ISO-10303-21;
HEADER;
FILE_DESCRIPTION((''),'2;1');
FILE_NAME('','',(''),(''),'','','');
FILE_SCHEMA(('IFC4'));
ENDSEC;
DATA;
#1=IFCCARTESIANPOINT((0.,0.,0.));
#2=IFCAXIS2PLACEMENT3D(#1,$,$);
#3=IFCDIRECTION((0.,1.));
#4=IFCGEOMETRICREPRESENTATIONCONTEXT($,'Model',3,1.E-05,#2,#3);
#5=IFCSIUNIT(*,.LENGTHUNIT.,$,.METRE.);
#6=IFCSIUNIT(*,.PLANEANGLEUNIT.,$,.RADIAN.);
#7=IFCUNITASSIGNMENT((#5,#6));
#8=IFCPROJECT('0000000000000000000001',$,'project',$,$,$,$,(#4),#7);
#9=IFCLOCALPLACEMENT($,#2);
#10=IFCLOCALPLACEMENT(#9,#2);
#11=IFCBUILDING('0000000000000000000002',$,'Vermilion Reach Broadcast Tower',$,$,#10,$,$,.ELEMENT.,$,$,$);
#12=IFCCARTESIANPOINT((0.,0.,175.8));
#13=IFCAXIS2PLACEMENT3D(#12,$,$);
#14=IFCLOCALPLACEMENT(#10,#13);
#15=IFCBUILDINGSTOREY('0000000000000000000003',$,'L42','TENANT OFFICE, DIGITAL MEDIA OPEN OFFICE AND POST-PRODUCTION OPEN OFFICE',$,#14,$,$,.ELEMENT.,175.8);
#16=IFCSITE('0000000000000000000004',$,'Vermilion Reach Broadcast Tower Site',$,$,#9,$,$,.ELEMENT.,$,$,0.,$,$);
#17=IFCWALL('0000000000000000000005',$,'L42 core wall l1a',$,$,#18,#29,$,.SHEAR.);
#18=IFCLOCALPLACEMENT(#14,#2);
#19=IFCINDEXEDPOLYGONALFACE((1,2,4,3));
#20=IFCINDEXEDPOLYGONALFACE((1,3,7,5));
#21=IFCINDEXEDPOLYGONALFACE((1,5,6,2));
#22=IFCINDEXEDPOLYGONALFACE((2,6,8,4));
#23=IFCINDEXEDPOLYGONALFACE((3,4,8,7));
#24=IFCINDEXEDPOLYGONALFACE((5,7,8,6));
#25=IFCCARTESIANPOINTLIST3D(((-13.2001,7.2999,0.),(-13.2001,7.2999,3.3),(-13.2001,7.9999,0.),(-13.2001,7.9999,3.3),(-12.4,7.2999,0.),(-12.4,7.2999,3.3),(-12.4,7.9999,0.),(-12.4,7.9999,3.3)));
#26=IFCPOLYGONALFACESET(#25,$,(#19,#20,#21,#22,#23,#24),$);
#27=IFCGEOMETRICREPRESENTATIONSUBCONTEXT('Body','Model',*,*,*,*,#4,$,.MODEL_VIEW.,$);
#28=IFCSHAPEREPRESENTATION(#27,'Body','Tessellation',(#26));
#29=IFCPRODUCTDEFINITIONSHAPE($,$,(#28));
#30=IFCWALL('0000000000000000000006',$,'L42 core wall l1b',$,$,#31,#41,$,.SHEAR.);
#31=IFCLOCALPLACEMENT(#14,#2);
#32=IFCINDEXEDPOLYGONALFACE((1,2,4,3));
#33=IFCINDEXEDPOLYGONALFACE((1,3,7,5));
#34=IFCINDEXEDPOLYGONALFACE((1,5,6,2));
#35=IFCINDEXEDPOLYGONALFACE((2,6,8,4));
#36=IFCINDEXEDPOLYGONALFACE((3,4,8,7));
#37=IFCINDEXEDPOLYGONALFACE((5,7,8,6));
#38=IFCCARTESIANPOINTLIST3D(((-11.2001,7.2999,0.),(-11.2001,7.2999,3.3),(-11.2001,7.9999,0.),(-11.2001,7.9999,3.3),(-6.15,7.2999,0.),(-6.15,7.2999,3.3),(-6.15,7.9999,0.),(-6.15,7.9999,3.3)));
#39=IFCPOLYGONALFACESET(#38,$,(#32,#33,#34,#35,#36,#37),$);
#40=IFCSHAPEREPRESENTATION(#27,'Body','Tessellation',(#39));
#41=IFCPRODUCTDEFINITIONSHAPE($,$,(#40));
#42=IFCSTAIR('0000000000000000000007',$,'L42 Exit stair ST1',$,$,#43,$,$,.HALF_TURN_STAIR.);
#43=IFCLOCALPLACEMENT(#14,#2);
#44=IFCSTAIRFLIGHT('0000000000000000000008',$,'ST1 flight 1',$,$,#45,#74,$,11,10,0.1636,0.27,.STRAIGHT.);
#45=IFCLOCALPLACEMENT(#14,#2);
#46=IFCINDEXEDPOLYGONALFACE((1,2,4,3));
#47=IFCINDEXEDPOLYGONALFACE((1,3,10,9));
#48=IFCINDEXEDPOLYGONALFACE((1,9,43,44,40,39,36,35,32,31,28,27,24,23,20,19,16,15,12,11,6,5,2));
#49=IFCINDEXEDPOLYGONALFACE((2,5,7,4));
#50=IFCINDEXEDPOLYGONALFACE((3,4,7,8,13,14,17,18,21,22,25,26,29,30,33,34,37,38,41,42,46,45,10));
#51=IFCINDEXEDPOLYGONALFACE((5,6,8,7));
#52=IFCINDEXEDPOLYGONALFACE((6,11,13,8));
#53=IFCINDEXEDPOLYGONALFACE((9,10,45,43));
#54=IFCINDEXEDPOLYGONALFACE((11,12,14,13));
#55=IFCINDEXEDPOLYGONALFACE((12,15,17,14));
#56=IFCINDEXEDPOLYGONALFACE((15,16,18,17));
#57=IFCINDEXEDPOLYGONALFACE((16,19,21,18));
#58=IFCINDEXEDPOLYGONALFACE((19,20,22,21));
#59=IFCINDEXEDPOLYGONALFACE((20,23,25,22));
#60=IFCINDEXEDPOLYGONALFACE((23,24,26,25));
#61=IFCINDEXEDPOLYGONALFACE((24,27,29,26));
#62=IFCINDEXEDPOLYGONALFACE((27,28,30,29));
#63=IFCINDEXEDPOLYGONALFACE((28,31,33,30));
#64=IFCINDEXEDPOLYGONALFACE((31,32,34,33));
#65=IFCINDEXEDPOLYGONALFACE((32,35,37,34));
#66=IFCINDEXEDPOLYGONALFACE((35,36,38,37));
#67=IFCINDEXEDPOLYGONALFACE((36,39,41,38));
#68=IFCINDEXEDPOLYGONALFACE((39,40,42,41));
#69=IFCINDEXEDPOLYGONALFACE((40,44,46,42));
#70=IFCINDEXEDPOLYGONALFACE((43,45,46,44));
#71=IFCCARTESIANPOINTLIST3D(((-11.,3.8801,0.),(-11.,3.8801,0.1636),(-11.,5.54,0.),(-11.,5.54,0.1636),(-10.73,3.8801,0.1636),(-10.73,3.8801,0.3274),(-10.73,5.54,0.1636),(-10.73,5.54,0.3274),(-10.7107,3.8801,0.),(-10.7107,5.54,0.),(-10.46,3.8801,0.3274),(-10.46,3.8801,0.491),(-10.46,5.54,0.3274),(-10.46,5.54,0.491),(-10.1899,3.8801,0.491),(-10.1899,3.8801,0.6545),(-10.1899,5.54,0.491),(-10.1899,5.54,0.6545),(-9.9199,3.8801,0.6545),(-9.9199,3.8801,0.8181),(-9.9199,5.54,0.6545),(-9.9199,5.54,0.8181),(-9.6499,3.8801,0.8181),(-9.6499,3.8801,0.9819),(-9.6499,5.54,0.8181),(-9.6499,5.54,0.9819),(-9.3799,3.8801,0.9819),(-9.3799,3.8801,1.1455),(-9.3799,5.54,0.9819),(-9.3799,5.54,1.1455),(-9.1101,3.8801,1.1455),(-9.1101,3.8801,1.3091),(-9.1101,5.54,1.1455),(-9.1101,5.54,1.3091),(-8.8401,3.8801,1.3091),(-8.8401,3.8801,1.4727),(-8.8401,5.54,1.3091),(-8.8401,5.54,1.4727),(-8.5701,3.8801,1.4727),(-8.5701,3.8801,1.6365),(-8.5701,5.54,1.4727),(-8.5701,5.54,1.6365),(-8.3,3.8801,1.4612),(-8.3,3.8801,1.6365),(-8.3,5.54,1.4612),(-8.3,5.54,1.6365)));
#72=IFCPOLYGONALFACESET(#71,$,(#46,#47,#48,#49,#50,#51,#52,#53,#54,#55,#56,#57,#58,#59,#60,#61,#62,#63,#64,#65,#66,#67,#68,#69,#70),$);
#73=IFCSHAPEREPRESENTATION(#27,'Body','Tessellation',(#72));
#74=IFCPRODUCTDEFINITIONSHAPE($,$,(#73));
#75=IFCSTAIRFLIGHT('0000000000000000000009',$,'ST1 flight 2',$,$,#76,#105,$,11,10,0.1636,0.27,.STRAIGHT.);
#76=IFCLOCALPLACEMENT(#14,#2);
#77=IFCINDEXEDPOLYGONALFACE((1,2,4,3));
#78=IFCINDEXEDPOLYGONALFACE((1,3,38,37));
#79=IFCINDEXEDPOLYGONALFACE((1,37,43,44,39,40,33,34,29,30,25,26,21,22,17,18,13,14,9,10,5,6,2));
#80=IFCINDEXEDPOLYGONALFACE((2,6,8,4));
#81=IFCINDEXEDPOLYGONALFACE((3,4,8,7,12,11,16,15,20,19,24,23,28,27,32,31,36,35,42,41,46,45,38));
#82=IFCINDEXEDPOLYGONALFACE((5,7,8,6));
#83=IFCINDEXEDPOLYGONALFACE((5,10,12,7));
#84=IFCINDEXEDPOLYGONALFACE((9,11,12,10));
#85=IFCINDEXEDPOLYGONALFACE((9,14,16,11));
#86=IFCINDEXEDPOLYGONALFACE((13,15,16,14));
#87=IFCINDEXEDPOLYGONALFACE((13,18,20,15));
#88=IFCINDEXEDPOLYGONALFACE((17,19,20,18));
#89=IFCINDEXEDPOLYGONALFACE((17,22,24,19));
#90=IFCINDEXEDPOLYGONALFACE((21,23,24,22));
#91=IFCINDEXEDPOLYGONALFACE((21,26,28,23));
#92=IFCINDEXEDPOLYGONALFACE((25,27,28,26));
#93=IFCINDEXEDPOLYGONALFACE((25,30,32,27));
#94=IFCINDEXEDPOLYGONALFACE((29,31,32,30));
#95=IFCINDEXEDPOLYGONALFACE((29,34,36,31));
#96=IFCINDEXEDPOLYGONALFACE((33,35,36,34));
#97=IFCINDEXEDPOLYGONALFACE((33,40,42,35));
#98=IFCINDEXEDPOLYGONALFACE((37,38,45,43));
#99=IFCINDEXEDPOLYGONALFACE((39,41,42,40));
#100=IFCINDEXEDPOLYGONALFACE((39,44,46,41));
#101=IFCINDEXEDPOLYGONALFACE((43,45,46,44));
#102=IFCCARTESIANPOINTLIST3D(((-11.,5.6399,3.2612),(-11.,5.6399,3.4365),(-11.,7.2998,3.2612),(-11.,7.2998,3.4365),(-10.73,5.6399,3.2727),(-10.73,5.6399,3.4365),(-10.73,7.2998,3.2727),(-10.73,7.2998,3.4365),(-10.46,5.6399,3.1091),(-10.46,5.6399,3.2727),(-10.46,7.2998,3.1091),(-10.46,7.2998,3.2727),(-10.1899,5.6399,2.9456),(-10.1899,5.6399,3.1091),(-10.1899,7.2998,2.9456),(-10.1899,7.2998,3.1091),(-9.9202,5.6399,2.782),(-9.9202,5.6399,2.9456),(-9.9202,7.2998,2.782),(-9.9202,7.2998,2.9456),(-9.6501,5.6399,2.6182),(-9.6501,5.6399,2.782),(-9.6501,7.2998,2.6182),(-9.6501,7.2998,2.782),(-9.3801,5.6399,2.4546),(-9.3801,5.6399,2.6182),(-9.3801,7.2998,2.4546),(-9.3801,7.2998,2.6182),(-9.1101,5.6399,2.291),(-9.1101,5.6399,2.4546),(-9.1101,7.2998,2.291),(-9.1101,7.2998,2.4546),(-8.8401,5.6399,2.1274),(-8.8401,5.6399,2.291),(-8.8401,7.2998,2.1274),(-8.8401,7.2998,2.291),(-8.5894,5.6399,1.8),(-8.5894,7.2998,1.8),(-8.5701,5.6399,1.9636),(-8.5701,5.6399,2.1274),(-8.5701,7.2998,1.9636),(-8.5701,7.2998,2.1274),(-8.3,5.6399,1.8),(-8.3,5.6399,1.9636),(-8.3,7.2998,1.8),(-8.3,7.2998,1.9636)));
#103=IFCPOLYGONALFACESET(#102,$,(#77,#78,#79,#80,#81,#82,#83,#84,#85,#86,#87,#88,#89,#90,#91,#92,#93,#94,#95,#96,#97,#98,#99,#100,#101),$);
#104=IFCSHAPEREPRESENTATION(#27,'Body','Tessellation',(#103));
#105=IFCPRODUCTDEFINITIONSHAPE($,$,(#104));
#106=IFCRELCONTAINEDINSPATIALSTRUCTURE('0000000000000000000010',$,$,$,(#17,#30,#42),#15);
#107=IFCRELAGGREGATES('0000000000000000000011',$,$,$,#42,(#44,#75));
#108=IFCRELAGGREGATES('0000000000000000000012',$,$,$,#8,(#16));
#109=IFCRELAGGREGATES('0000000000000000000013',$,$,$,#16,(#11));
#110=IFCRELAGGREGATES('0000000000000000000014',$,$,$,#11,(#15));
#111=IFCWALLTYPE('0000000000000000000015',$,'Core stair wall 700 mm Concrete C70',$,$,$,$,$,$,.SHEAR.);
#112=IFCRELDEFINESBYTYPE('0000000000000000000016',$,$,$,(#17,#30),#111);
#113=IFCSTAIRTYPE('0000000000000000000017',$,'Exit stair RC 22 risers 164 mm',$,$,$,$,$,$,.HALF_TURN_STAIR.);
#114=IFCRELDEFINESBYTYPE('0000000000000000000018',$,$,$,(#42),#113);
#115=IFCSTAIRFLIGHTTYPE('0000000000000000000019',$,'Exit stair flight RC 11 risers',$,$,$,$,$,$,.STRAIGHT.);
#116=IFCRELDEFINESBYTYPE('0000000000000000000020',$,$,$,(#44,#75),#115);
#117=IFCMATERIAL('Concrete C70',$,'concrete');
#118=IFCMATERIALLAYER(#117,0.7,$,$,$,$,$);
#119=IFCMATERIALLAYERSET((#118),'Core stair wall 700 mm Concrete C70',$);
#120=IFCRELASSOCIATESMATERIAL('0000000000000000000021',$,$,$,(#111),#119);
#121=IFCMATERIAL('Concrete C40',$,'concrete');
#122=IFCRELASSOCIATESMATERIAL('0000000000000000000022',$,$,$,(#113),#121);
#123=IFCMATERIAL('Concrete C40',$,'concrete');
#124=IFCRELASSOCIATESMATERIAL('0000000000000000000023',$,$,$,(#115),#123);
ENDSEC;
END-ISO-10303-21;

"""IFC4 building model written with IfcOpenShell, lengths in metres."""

from ifc_helpers import new_model, si_unit, direction, frame, frame_2d, origin, place, context, subcontext, project, spatial, polyline, rectangle, outline, extrude, material, layer, layer_set, type_object, element, aggregate, save


model = new_model("IFC4")

# Units and contexts
model_context = context("Model", 3, precision=1e-05, world=origin(), true_north=direction((0.0, 1.0)))
body_context = subcontext(model_context, "Body", "Model", "MODEL_VIEW")
ifc_project = project(units=[si_unit("LENGTHUNIT", "METRE"), si_unit("PLANEANGLEUNIT", "RADIAN")], contexts=[model_context])

# Site, building, storey
site_placement = place(None, origin())
site = spatial("IfcSite", under=ifc_project, at=site_placement, Name="Vermilion Reach Broadcast Tower Site", CompositionType="ELEMENT", RefElevation=0.0)
building_placement = place(site_placement, origin())
building = spatial("IfcBuilding", under=site, at=building_placement, Name="Vermilion Reach Broadcast Tower", CompositionType="ELEMENT")
storey_placement = place(building_placement, frame((0.0, 0.0, 175.8)))
storey = spatial("IfcBuildingStorey", under=building, at=storey_placement, Name="L42", Description="TENANT OFFICE, DIGITAL MEDIA OPEN OFFICE AND POST-PRODUCTION OPEN OFFICE", CompositionType="ELEMENT", Elevation=175.8)

# Walls
ifc_material_1 = material(Name="Concrete C70", Category="concrete")
ifc_layer_1 = layer(ifc_material_1, 0.7)
ifc_layer_set_1 = layer_set([ifc_layer_1], Name="Core stair wall 700 mm Concrete C70")
wall_type_1 = type_object("IfcWallType", Name="Core stair wall 700 mm Concrete C70", PredefinedType="SHEAR", material=ifc_layer_set_1)
wall_1_placement = place(storey_placement, frame((-13.2, 7.6499, 0.0), z_axis=(0.0, 0.0, 1.0), x_axis=(1.0, 0.0, 0.0)))
element("IfcWall", 1, at=wall_1_placement, inside=storey, type_object=wall_type_1, Name="L42 core wall l1a", PredefinedType="SHEAR", context=body_context, shape_type="SweptSolid", body=[
    extrude(rectangle(XDim=0.8, YDim=0.7, at=frame_2d((0.3999, 0.0))), origin(), (0.0, 0.0, 1.0), 3.3),
])
wall_2_placement = place(storey_placement, frame((-11.2, 7.6499, 0.0), z_axis=(0.0, 0.0, 1.0), x_axis=(1.0, 0.0, 0.0)))
element("IfcWall", 2, at=wall_2_placement, inside=storey, type_object=wall_type_1, Name="L42 core wall l1b", PredefinedType="SHEAR", context=body_context, shape_type="SweptSolid", body=[
    extrude(rectangle(XDim=5.05, YDim=0.7, at=frame_2d((2.5249, 0.0))), origin(), (0.0, 0.0, 1.0), 3.3),
])

# Stair, stair flights
ifc_material_2 = material(Name="Concrete C40", Category="concrete")
stair_type = type_object("IfcStairType", Name="Exit stair RC 22 risers 164 mm", PredefinedType="HALF_TURN_STAIR", material=ifc_material_2)
stair_placement = place(storey_placement, origin())
stair = element("IfcStair", 3, at=stair_placement, inside=storey, type_object=stair_type, Name="L42 Exit stair ST1", PredefinedType="HALF_TURN_STAIR")
ifc_material_3 = material(Name="Concrete C40", Category="concrete")
stair_flight_type = type_object("IfcStairFlightType", Name="Exit stair flight RC 11 risers", PredefinedType="STRAIGHT", material=ifc_material_3)
stair_flight_1_placement = place(storey_placement, frame((-11.0, 4.71, 0.0), z_axis=(0.0, 0.0, 1.0), x_axis=(1.0, 0.0, 0.0)))
stair_flight_1 = element("IfcStairFlight", 4, at=stair_flight_1_placement, type_object=stair_flight_type, Name="ST1 flight 1", NumberOfRisers=11, NumberOfTreads=10, PredefinedType="STRAIGHT", RiserHeight=0.1636, TreadLength=0.27, context=body_context, shape_type="SweptSolid", body=[
    extrude(outline(polyline([(0.0, 0.0), (0.0, 0.1636), (0.27, 0.1636), (0.27, 0.3274), (0.54, 0.3274), (0.54, 0.491), (0.8101, 0.491), (0.8101, 0.6545), (1.0801, 0.6545), (1.0801, 0.8181), (1.3501, 0.8181), (1.3501, 0.9819), (1.6201, 0.9819), (1.6201, 1.1455), (1.8899, 1.1455), (1.8899, 1.3091), (2.1599, 1.3091), (2.1599, 1.4727), (2.4299, 1.4727), (2.4299, 1.6365), (2.7, 1.6365), (2.7, 1.8), (2.7, 1.4612), (0.2893, 0.0), (0.0, 0.0)])), frame((0.0, 0.8301, 0.0), z_axis=(0.0, -1.0, 0.0), x_axis=(1.0, 0.0, 0.0)), (0.0, 0.0, 1.0), 1.6599),
])
stair_flight_2_placement = place(storey_placement, frame((-8.3, 6.47, 1.8), z_axis=(0.0, 0.0, 1.0), x_axis=(-1.0, 0.0, 0.0)))
stair_flight_2 = element("IfcStairFlight", 5, at=stair_flight_2_placement, type_object=stair_flight_type, Name="ST1 flight 2", NumberOfRisers=11, NumberOfTreads=10, PredefinedType="STRAIGHT", RiserHeight=0.1636, TreadLength=0.27, context=body_context, shape_type="SweptSolid", body=[
    extrude(outline(polyline([(0.0, 0.0), (0.0, 0.1636), (0.27, 0.1636), (0.27, 0.3274), (0.54, 0.3274), (0.54, 0.491), (0.8101, 0.491), (0.8101, 0.6545), (1.0801, 0.6545), (1.0801, 0.8181), (1.3501, 0.8181), (1.3501, 0.9819), (1.6201, 0.9819), (1.6201, 1.1455), (1.8899, 1.1455), (1.8899, 1.3091), (2.1599, 1.3091), (2.1599, 1.4727), (2.4299, 1.4727), (2.4299, 1.6365), (2.7, 1.6365), (2.7, 1.8), (2.7, 1.4612), (0.2893, 0.0), (0.0, 0.0)])), frame((0.0, 0.8301, 0.0), z_axis=(0.0, -1.0, 0.0), x_axis=(1.0, 0.0, 0.0)), (0.0, 0.0, 1.0), 1.6599),
])
aggregate(stair, [stair_flight_1, stair_flight_2])

save(model, "model.ifc")
